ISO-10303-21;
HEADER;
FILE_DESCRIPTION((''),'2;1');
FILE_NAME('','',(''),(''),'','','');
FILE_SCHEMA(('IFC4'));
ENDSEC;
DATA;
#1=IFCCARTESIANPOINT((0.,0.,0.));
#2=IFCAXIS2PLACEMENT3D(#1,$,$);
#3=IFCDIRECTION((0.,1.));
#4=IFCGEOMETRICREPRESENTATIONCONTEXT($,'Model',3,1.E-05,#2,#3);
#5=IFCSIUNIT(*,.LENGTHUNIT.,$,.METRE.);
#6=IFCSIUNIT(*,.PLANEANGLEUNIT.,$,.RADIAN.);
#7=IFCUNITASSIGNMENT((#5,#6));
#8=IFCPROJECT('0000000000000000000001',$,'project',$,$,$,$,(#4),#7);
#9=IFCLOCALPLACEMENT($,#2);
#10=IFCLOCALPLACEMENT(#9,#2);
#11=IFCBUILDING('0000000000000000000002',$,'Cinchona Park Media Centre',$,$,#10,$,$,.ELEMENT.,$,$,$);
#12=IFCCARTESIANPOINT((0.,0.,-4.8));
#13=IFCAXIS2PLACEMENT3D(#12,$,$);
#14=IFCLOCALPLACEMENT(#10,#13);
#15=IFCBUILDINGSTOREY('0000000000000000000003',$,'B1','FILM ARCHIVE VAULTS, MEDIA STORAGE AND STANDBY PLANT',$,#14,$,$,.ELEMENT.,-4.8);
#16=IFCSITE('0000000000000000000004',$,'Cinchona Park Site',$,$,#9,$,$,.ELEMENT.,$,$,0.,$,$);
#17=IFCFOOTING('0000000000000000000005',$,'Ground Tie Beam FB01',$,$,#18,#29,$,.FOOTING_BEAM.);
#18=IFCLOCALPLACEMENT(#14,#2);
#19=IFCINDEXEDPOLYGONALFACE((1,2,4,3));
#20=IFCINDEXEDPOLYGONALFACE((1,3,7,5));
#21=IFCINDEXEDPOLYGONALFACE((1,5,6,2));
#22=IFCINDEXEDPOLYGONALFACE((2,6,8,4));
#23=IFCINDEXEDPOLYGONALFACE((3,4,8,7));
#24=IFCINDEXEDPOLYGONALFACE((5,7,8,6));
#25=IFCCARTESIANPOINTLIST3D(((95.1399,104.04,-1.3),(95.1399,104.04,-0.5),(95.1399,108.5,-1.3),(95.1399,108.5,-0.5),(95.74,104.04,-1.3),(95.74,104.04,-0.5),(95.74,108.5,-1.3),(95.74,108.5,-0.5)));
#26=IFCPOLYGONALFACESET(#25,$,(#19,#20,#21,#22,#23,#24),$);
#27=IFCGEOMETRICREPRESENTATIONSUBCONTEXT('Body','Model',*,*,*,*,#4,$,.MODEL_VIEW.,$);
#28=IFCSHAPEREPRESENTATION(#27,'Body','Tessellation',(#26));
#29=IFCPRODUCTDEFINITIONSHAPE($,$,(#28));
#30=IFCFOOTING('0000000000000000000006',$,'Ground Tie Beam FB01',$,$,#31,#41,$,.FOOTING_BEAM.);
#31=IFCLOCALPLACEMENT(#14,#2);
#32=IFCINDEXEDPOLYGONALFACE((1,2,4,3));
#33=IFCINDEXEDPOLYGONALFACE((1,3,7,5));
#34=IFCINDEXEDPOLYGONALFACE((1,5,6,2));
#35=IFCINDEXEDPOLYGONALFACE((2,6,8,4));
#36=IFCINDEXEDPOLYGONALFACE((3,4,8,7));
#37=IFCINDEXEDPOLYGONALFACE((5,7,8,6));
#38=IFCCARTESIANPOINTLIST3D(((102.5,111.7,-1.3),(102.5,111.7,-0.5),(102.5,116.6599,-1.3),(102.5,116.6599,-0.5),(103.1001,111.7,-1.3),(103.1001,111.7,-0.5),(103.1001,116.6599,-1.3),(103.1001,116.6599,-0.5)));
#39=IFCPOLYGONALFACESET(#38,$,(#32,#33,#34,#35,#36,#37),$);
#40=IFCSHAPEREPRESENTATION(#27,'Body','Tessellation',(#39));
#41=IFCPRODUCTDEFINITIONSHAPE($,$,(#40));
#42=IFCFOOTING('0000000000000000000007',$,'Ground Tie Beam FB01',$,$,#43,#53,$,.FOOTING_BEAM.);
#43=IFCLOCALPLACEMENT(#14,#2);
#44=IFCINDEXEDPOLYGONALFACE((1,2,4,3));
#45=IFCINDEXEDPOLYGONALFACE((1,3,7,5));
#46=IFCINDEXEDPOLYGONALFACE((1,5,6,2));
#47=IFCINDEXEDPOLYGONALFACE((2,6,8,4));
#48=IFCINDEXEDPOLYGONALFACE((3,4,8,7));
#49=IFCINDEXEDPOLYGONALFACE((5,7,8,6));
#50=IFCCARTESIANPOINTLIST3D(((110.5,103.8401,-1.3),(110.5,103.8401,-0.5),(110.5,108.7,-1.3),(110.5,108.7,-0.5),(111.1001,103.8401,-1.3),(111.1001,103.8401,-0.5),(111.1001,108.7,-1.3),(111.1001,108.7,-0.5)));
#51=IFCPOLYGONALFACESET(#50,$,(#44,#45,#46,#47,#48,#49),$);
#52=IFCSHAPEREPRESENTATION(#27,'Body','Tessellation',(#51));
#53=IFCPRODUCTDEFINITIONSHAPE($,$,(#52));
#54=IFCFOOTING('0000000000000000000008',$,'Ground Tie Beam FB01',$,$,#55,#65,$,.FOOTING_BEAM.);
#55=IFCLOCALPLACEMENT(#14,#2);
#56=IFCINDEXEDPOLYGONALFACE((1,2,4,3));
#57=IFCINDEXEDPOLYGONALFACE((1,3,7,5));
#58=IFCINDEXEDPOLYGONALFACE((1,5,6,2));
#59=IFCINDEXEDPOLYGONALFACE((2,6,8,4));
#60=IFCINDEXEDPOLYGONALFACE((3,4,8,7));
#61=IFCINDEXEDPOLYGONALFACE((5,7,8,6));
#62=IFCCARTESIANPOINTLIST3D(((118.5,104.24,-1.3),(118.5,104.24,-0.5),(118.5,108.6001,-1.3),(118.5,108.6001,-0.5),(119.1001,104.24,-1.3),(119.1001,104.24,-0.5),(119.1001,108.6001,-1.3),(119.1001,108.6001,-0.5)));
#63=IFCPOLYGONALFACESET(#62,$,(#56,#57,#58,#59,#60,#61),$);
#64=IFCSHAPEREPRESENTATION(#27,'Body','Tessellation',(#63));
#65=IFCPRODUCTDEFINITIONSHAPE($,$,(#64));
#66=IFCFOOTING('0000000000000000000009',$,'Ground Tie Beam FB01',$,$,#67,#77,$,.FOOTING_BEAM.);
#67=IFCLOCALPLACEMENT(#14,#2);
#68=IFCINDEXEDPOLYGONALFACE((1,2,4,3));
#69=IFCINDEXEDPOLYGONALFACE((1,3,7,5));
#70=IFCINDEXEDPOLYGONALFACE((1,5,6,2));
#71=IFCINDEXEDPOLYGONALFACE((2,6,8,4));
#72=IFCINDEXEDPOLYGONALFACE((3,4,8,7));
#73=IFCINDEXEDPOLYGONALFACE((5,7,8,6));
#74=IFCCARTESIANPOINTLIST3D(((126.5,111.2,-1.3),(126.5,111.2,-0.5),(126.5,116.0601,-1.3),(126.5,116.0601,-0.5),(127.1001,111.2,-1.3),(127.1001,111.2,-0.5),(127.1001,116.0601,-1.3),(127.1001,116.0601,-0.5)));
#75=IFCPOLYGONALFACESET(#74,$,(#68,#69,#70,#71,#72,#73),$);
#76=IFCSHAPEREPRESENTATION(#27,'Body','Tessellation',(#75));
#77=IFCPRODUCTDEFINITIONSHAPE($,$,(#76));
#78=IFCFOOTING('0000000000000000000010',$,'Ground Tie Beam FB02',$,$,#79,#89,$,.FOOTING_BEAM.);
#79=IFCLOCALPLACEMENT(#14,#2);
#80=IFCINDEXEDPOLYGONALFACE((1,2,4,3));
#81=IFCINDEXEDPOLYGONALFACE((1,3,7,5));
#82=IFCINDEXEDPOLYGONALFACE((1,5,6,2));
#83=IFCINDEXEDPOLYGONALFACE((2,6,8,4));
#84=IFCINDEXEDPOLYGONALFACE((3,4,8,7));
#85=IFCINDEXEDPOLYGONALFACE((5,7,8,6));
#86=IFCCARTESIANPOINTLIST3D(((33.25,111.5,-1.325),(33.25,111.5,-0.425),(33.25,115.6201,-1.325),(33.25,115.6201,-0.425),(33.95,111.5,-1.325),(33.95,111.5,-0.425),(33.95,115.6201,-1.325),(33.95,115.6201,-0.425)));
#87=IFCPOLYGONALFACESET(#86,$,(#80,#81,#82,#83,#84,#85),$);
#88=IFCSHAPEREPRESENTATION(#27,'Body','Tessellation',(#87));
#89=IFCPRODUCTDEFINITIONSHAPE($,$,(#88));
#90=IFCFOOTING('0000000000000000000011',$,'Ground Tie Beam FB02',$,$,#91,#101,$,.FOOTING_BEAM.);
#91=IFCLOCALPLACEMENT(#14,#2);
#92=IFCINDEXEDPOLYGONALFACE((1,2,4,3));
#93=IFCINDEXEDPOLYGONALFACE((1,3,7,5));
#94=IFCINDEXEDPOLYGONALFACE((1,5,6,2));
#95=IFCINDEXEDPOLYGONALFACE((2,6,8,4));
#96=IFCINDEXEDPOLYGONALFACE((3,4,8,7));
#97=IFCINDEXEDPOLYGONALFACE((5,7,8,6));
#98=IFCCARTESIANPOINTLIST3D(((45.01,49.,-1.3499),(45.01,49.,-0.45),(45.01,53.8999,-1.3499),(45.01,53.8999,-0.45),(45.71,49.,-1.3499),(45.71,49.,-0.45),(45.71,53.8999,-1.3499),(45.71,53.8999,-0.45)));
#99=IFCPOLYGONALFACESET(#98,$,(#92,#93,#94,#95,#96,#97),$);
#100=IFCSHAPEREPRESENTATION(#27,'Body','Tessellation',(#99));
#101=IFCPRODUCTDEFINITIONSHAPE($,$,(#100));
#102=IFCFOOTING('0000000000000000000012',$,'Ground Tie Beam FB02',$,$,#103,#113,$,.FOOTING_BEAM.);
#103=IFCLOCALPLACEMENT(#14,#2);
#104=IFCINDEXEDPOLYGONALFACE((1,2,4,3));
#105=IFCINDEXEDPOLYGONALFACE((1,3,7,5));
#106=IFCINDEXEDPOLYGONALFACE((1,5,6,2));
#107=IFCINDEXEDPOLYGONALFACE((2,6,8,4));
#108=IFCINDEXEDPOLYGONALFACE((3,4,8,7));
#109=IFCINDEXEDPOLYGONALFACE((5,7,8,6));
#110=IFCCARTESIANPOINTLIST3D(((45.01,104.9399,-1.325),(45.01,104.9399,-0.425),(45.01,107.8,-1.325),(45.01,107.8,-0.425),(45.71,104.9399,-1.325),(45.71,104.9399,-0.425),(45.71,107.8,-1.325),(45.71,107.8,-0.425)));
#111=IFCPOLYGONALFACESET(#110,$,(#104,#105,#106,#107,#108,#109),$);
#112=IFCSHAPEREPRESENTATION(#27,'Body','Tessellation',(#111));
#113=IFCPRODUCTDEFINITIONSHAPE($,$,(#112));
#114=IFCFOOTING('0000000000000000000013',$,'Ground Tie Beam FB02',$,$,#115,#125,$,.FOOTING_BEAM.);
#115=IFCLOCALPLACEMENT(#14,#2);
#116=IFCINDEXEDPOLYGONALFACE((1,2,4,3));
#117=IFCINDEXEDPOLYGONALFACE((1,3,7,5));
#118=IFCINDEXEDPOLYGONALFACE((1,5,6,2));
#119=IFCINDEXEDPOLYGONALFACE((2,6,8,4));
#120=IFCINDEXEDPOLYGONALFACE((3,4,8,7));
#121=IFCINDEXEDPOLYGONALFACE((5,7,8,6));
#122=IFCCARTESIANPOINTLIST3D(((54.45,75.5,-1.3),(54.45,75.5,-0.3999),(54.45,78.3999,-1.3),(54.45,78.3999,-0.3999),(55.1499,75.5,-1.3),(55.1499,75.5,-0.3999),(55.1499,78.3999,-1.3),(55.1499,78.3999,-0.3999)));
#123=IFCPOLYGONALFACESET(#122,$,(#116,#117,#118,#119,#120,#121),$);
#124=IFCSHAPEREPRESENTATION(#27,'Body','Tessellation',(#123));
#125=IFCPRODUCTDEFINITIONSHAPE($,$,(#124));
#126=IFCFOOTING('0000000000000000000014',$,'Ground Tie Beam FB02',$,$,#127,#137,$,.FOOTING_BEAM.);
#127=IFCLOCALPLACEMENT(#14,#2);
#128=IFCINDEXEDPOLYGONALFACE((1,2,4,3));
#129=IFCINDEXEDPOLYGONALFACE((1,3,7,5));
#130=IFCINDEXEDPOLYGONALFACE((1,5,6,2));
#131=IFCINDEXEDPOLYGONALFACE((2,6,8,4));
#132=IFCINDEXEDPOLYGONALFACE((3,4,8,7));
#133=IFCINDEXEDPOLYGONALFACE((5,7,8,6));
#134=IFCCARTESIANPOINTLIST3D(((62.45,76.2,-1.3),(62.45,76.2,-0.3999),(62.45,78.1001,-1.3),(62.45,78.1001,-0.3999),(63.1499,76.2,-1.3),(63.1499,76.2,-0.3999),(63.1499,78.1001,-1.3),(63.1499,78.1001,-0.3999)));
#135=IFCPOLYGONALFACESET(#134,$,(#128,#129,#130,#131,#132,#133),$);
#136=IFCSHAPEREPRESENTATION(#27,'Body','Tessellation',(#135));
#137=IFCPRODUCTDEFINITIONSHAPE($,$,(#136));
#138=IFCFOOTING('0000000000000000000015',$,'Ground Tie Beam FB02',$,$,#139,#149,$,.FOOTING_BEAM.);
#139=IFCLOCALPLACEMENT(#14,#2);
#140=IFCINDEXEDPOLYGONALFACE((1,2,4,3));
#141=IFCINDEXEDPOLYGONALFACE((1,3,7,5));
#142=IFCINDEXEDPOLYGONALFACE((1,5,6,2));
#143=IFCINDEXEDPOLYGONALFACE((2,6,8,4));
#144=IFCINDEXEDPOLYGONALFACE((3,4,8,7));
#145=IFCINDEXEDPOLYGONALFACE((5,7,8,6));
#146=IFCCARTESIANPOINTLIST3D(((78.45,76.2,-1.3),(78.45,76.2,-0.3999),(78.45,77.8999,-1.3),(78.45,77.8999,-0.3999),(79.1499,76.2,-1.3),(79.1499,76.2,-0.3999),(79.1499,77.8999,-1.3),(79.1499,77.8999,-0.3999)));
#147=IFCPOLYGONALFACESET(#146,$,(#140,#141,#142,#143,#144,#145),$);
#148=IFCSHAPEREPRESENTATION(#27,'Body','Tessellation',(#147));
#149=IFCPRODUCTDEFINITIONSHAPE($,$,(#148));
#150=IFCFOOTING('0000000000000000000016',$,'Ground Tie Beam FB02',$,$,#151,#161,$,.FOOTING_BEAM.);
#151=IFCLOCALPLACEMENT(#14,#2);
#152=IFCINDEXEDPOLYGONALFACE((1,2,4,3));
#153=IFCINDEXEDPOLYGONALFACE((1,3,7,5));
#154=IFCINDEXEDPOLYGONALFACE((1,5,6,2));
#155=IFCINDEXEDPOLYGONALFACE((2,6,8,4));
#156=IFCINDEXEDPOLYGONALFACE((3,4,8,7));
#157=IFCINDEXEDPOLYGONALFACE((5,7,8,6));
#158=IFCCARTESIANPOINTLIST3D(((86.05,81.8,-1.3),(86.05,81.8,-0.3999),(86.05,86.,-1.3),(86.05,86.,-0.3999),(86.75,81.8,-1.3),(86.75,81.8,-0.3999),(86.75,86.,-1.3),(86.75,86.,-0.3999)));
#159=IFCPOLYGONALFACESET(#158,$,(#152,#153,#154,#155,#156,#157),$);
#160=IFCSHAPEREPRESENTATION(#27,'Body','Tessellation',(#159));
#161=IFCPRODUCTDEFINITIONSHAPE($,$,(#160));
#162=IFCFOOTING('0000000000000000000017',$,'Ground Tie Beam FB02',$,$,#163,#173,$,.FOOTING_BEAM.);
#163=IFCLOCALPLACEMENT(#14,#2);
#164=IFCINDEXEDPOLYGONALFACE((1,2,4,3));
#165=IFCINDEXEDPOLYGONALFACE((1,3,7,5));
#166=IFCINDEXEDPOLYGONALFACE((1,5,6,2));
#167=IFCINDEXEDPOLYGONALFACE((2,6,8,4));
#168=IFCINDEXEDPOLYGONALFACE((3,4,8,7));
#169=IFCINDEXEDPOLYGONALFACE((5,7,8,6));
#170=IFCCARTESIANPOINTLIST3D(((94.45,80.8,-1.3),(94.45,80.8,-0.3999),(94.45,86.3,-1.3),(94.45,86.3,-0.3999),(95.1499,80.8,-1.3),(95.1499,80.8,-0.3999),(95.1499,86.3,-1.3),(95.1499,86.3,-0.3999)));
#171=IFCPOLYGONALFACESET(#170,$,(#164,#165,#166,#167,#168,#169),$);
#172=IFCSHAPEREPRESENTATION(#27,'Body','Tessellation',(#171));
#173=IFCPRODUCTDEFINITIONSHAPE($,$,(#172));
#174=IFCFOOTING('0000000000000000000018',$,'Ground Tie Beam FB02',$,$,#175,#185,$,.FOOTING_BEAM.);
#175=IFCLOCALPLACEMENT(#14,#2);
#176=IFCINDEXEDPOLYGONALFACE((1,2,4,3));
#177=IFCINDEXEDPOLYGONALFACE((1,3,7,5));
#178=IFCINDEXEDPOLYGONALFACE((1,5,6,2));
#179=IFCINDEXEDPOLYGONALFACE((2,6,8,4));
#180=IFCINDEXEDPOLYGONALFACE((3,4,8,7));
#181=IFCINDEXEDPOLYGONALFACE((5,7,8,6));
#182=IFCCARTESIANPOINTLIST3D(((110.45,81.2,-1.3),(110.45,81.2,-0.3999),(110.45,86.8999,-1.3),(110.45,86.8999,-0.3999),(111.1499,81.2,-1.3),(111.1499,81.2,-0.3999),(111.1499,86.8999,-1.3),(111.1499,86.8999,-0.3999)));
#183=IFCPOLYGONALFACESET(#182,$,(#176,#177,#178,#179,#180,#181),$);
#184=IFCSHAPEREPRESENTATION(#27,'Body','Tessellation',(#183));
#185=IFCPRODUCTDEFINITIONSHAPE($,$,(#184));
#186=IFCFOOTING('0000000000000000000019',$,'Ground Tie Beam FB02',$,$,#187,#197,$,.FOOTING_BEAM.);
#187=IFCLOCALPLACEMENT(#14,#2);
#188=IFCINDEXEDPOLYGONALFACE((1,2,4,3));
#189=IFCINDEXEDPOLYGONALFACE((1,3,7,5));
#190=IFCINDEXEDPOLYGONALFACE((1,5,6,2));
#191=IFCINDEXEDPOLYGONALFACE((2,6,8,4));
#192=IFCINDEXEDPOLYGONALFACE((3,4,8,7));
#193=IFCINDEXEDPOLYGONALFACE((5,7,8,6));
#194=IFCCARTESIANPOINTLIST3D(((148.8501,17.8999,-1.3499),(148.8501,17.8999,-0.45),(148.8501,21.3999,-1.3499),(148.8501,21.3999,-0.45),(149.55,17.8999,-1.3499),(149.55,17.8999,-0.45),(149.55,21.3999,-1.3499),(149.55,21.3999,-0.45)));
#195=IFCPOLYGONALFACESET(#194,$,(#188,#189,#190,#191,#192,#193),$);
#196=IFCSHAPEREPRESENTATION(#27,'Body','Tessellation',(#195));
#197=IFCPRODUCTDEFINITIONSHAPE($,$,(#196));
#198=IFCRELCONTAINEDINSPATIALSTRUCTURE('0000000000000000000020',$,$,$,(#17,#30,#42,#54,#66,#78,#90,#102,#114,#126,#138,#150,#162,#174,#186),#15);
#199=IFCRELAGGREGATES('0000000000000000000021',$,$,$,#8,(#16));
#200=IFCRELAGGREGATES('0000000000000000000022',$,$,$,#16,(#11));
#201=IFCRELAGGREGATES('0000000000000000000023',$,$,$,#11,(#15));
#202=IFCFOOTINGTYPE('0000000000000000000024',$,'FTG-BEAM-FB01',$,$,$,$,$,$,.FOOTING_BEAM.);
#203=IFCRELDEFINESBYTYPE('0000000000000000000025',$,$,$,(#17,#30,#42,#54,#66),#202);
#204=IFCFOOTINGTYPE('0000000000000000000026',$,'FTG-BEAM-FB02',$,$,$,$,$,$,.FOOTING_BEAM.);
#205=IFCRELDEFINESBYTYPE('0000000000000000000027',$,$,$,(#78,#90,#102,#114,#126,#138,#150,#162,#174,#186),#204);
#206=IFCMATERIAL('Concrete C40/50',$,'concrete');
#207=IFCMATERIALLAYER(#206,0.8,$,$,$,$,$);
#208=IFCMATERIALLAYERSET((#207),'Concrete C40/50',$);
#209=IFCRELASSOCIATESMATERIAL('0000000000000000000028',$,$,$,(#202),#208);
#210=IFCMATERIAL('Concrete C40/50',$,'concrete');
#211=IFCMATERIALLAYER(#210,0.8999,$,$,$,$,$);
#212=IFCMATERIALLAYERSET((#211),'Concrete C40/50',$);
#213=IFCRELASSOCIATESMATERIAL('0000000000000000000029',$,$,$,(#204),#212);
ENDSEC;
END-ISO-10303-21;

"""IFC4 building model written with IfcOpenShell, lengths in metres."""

from ifc_helpers import new_model, si_unit, direction, frame, origin, place, context, subcontext, project, spatial, polyline, outline, extrude, material, layer, layer_set, type_object, element, save


model = new_model("IFC4")

# Units and contexts
model_context = context("Model", 3, precision=1e-05, world=origin(), true_north=direction((0.0, 1.0)))
body_context = subcontext(model_context, "Body", "Model", "MODEL_VIEW")
ifc_project = project(units=[si_unit("LENGTHUNIT", "METRE"), si_unit("PLANEANGLEUNIT", "RADIAN")], contexts=[model_context])

# Site, building, storey
site_placement = place(None, origin())
site = spatial("IfcSite", under=ifc_project, at=site_placement, Name="Cinchona Park Site", CompositionType="ELEMENT", RefElevation=0.0)
building_placement = place(site_placement, origin())
building = spatial("IfcBuilding", under=site, at=building_placement, Name="Cinchona Park Media Centre", CompositionType="ELEMENT")
storey_placement = place(building_placement, frame((0.0, 0.0, -4.8)))
storey = spatial("IfcBuildingStorey", under=building, at=storey_placement, Name="B1", Description="FILM ARCHIVE VAULTS, MEDIA STORAGE AND STANDBY PLANT", CompositionType="ELEMENT", Elevation=-4.8)

# Footings
ifc_material_1 = material(Name="Concrete C40/50", Category="concrete")
ifc_layer_1 = layer(ifc_material_1, 0.8)
ifc_layer_set_1 = layer_set([ifc_layer_1], Name="Concrete C40/50")
footing_type_1 = type_object("IfcFootingType", Name="FTG-BEAM-FB01", PredefinedType="FOOTING_BEAM", material=ifc_layer_set_1)
footing_1_placement = place(storey_placement, frame((0.0, 0.0, -1.3)))
element("IfcFooting", 1, at=footing_1_placement, inside=storey, type_object=footing_type_1, Name="Ground Tie Beam FB01", PredefinedType="FOOTING_BEAM", context=body_context, shape_type="SweptSolid", body=[
    extrude(outline(polyline([(95.1399, 104.04), (95.74, 104.04), (95.74, 108.5), (95.1399, 108.5), (95.1399, 104.04)])), origin(), (0.0, 0.0, 1.0), 0.8),
])
footing_2_placement = place(storey_placement, frame((0.0, 0.0, -1.3)))
element("IfcFooting", 2, at=footing_2_placement, inside=storey, type_object=footing_type_1, Name="Ground Tie Beam FB01", PredefinedType="FOOTING_BEAM", context=body_context, shape_type="SweptSolid", body=[
    extrude(outline(polyline([(102.5, 111.7), (103.1001, 111.7), (103.1001, 116.6599), (102.5, 116.6599), (102.5, 111.7)])), origin(), (0.0, 0.0, 1.0), 0.8),
])
footing_3_placement = place(storey_placement, frame((0.0, 0.0, -1.3)))
element("IfcFooting", 3, at=footing_3_placement, inside=storey, type_object=footing_type_1, Name="Ground Tie Beam FB01", PredefinedType="FOOTING_BEAM", context=body_context, shape_type="SweptSolid", body=[
    extrude(outline(polyline([(110.5, 103.8401), (111.1001, 103.8401), (111.1001, 108.7), (110.5, 108.7), (110.5, 103.8401)])), origin(), (0.0, 0.0, 1.0), 0.8),
])
footing_4_placement = place(storey_placement, frame((0.0, 0.0, -1.3)))
element("IfcFooting", 4, at=footing_4_placement, inside=storey, type_object=footing_type_1, Name="Ground Tie Beam FB01", PredefinedType="FOOTING_BEAM", context=body_context, shape_type="SweptSolid", body=[
    extrude(outline(polyline([(118.5, 104.24), (119.1001, 104.24), (119.1001, 108.6001), (118.5, 108.6001), (118.5, 104.24)])), origin(), (0.0, 0.0, 1.0), 0.8),
])
footing_5_placement = place(storey_placement, frame((0.0, 0.0, -1.3)))
element("IfcFooting", 5, at=footing_5_placement, inside=storey, type_object=footing_type_1, Name="Ground Tie Beam FB01", PredefinedType="FOOTING_BEAM", context=body_context, shape_type="SweptSolid", body=[
    extrude(outline(polyline([(126.5, 111.2), (127.1001, 111.2), (127.1001, 116.0601), (126.5, 116.0601), (126.5, 111.2)])), origin(), (0.0, 0.0, 1.0), 0.8),
])
ifc_material_2 = material(Name="Concrete C40/50", Category="concrete")
ifc_layer_2 = layer(ifc_material_2, 0.8999)
ifc_layer_set_2 = layer_set([ifc_layer_2], Name="Concrete C40/50")
footing_type_2 = type_object("IfcFootingType", Name="FTG-BEAM-FB02", PredefinedType="FOOTING_BEAM", material=ifc_layer_set_2)
footing_6_placement = place(storey_placement, frame((0.0, 0.0, -1.325)))
element("IfcFooting", 6, at=footing_6_placement, inside=storey, type_object=footing_type_2, Name="Ground Tie Beam FB02", PredefinedType="FOOTING_BEAM", context=body_context, shape_type="SweptSolid", body=[
    extrude(outline(polyline([(33.25, 111.5), (33.95, 111.5), (33.95, 115.6201), (33.25, 115.6201), (33.25, 111.5)])), origin(), (0.0, 0.0, 1.0), 0.8999),
])
footing_7_placement = place(storey_placement, frame((0.0, 0.0, -1.3499)))
element("IfcFooting", 7, at=footing_7_placement, inside=storey, type_object=footing_type_2, Name="Ground Tie Beam FB02", PredefinedType="FOOTING_BEAM", context=body_context, shape_type="SweptSolid", body=[
    extrude(outline(polyline([(45.01, 49.0), (45.71, 49.0), (45.71, 53.8999), (45.01, 53.8999), (45.01, 49.0)])), origin(), (0.0, 0.0, 1.0), 0.8999),
])
footing_8_placement = place(storey_placement, frame((0.0, 0.0, -1.325)))
element("IfcFooting", 8, at=footing_8_placement, inside=storey, type_object=footing_type_2, Name="Ground Tie Beam FB02", PredefinedType="FOOTING_BEAM", context=body_context, shape_type="SweptSolid", body=[
    extrude(outline(polyline([(45.01, 104.9399), (45.71, 104.9399), (45.71, 107.8), (45.01, 107.8), (45.01, 104.9399)])), origin(), (0.0, 0.0, 1.0), 0.8999),
])
footing_9_placement = place(storey_placement, frame((0.0, 0.0, -1.3)))
element("IfcFooting", 9, at=footing_9_placement, inside=storey, type_object=footing_type_2, Name="Ground Tie Beam FB02", PredefinedType="FOOTING_BEAM", context=body_context, shape_type="SweptSolid", body=[
    extrude(outline(polyline([(54.45, 75.5), (55.1499, 75.5), (55.1499, 78.3999), (54.45, 78.3999), (54.45, 75.5)])), origin(), (0.0, 0.0, 1.0), 0.9001),
])
footing_10_placement = place(storey_placement, frame((0.0, 0.0, -1.3)))
element("IfcFooting", 10, at=footing_10_placement, inside=storey, type_object=footing_type_2, Name="Ground Tie Beam FB02", PredefinedType="FOOTING_BEAM", context=body_context, shape_type="SweptSolid", body=[
    extrude(outline(polyline([(62.45, 76.2), (63.1499, 76.2), (63.1499, 78.1001), (62.45, 78.1001), (62.45, 76.2)])), origin(), (0.0, 0.0, 1.0), 0.9001),
])
footing_11_placement = place(storey_placement, frame((0.0, 0.0, -1.3)))
element("IfcFooting", 11, at=footing_11_placement, inside=storey, type_object=footing_type_2, Name="Ground Tie Beam FB02", PredefinedType="FOOTING_BEAM", context=body_context, shape_type="SweptSolid", body=[
    extrude(outline(polyline([(78.45, 76.2), (79.1499, 76.2), (79.1499, 77.8999), (78.45, 77.8999), (78.45, 76.2)])), origin(), (0.0, 0.0, 1.0), 0.9001),
])
footing_12_placement = place(storey_placement, frame((0.0, 0.0, -1.3)))
element("IfcFooting", 12, at=footing_12_placement, inside=storey, type_object=footing_type_2, Name="Ground Tie Beam FB02", PredefinedType="FOOTING_BEAM", context=body_context, shape_type="SweptSolid", body=[
    extrude(outline(polyline([(86.05, 81.8), (86.75, 81.8), (86.75, 86.0), (86.05, 86.0), (86.05, 81.8)])), origin(), (0.0, 0.0, 1.0), 0.9001),
])
footing_13_placement = place(storey_placement, frame((0.0, 0.0, -1.3)))
element("IfcFooting", 13, at=footing_13_placement, inside=storey, type_object=footing_type_2, Name="Ground Tie Beam FB02", PredefinedType="FOOTING_BEAM", context=body_context, shape_type="SweptSolid", body=[
    extrude(outline(polyline([(94.45, 80.8), (95.1499, 80.8), (95.1499, 86.3), (94.45, 86.3), (94.45, 80.8)])), origin(), (0.0, 0.0, 1.0), 0.9001),
])
footing_14_placement = place(storey_placement, frame((0.0, 0.0, -1.3)))
element("IfcFooting", 14, at=footing_14_placement, inside=storey, type_object=footing_type_2, Name="Ground Tie Beam FB02", PredefinedType="FOOTING_BEAM", context=body_context, shape_type="SweptSolid", body=[
    extrude(outline(polyline([(110.45, 81.2), (111.1499, 81.2), (111.1499, 86.8999), (110.45, 86.8999), (110.45, 81.2)])), origin(), (0.0, 0.0, 1.0), 0.9001),
])
footing_15_placement = place(storey_placement, frame((0.0, 0.0, -1.3499)))
element("IfcFooting", 15, at=footing_15_placement, inside=storey, type_object=footing_type_2, Name="Ground Tie Beam FB02", PredefinedType="FOOTING_BEAM", context=body_context, shape_type="SweptSolid", body=[
    extrude(outline(polyline([(148.8501, 17.8999), (149.55, 17.8999), (149.55, 21.3999), (148.8501, 21.3999), (148.8501, 17.8999)])), origin(), (0.0, 0.0, 1.0), 0.8999),
])

save(model, "model.ifc")
